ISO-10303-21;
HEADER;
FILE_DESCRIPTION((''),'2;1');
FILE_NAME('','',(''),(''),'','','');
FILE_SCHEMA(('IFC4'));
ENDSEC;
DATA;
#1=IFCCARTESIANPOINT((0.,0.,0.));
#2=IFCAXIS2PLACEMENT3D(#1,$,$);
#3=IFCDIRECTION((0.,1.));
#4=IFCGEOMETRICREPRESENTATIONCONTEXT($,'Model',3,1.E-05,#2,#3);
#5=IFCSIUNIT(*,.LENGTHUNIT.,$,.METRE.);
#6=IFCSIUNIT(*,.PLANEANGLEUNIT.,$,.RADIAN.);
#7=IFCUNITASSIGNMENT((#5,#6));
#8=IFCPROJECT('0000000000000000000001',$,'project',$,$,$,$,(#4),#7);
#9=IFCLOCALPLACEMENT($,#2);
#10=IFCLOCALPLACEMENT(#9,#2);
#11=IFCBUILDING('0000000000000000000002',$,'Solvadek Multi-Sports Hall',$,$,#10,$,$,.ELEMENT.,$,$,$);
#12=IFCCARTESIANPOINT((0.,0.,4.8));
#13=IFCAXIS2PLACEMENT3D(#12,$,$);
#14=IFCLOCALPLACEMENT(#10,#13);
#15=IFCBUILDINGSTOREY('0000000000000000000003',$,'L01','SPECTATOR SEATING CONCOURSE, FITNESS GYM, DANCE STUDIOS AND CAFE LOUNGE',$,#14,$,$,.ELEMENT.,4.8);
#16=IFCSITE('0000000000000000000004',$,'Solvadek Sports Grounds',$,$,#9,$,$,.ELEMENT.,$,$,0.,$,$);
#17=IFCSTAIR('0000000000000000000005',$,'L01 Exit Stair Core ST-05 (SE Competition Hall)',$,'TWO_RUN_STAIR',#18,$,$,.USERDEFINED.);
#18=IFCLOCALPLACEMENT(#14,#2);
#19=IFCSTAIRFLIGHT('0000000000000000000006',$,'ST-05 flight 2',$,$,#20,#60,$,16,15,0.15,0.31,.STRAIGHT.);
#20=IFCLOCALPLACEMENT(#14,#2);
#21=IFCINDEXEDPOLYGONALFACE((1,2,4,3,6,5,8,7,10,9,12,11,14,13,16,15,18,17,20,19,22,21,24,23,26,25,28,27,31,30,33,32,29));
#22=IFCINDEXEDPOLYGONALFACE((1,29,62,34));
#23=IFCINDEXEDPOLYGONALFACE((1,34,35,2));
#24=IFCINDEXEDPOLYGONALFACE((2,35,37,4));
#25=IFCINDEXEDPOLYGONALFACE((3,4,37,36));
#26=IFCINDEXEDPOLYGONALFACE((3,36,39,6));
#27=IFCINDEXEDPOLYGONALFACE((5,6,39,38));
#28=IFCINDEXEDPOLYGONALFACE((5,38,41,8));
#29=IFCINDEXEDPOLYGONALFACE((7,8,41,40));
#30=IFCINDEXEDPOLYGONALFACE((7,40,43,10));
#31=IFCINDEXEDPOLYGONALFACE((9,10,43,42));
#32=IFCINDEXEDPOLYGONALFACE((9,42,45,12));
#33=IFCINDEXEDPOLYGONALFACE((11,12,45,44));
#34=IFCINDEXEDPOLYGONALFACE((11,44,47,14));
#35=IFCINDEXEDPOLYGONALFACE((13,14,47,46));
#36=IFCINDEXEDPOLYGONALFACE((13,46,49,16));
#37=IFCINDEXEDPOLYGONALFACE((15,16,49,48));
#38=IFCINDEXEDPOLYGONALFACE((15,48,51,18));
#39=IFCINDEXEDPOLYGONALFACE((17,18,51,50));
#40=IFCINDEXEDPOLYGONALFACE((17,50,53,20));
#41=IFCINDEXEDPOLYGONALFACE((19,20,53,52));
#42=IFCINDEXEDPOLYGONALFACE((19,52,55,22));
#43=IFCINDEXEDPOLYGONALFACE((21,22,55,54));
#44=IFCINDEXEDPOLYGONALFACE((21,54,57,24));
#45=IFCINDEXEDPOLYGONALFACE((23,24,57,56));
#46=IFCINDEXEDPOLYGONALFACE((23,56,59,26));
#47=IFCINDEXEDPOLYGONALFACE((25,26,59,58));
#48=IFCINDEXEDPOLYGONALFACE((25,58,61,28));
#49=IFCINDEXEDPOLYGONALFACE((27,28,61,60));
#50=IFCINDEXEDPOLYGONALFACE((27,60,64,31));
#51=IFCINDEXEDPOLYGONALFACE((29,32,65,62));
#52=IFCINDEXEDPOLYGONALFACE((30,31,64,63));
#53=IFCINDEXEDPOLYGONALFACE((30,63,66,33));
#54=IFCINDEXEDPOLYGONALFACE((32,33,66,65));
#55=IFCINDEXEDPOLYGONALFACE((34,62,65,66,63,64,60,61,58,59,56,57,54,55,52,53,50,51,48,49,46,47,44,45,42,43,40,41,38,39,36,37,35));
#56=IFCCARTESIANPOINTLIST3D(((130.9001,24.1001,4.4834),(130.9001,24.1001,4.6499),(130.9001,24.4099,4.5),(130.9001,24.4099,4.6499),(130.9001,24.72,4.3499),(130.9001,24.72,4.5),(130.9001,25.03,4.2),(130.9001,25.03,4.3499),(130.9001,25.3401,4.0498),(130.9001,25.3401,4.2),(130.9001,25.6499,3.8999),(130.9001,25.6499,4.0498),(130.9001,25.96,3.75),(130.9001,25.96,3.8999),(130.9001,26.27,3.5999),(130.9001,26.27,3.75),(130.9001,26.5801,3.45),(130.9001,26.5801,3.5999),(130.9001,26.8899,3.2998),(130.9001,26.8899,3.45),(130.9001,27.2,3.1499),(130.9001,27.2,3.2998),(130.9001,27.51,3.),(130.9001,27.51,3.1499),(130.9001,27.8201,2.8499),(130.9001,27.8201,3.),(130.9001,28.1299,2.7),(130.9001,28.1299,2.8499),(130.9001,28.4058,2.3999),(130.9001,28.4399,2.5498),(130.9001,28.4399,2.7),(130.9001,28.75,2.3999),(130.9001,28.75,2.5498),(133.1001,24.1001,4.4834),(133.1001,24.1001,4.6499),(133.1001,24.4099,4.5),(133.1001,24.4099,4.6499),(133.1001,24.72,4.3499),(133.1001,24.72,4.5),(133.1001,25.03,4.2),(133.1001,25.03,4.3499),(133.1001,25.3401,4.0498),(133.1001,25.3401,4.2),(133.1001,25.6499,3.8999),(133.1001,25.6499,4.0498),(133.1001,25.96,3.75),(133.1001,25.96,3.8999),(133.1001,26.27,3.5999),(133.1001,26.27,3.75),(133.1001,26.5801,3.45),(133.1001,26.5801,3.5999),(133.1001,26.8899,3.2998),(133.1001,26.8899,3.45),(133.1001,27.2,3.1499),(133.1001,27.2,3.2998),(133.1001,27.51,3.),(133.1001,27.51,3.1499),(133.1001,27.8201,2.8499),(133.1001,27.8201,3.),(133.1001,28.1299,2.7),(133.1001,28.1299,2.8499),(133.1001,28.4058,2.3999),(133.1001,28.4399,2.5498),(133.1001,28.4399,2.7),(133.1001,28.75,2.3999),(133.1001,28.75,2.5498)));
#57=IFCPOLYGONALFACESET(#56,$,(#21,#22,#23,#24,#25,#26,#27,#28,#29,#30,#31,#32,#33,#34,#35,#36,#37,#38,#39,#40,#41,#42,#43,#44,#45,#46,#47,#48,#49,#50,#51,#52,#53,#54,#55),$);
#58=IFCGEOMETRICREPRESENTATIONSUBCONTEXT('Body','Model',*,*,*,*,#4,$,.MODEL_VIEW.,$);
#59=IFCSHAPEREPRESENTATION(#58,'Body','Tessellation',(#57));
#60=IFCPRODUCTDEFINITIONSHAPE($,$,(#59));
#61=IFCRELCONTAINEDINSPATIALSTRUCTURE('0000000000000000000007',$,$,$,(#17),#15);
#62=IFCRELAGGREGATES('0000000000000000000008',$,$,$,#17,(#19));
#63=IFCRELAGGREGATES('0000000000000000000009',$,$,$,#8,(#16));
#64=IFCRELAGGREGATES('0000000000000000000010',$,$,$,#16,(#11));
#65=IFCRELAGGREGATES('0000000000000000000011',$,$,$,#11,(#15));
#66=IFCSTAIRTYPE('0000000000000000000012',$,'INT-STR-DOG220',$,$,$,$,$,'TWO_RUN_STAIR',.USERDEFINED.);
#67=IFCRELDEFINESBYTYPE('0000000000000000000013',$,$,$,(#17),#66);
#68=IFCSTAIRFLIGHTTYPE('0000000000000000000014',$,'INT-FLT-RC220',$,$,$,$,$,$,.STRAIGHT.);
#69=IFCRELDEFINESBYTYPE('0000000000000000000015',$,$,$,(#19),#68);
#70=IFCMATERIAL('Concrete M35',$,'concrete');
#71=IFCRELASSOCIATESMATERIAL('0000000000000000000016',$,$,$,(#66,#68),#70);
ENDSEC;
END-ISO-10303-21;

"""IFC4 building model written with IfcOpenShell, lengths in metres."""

from ifc_helpers import new_model, si_unit, direction, frame, origin, place, context, subcontext, project, spatial, polyline, outline, extrude, material, type_object, element, aggregate, save


model = new_model("IFC4")

# Units and contexts
model_context = context("Model", 3, precision=1e-05, world=origin(), true_north=direction((0.0, 1.0)))
body_context = subcontext(model_context, "Body", "Model", "MODEL_VIEW")
ifc_project = project(units=[si_unit("LENGTHUNIT", "METRE"), si_unit("PLANEANGLEUNIT", "RADIAN")], contexts=[model_context])

# Site, building, storey
site_placement = place(None, origin())
site = spatial("IfcSite", under=ifc_project, at=site_placement, Name="Solvadek Sports Grounds", CompositionType="ELEMENT", RefElevation=0.0)
building_placement = place(site_placement, origin())
building = spatial("IfcBuilding", under=site, at=building_placement, Name="Solvadek Multi-Sports Hall", CompositionType="ELEMENT")
storey_placement = place(building_placement, frame((0.0, 0.0, 4.8)))
storey = spatial("IfcBuildingStorey", under=building, at=storey_placement, Name="L01", Description="SPECTATOR SEATING CONCOURSE, FITNESS GYM, DANCE STUDIOS AND CAFE LOUNGE", CompositionType="ELEMENT", Elevation=4.8)

# Stair, stair flight
ifc_material_1 = material(Name="Concrete M35", Category="concrete")
stair_type = type_object("IfcStairType", Name="INT-STR-DOG220", ElementType="TWO_RUN_STAIR", PredefinedType="USERDEFINED", material=ifc_material_1)
stair_placement = place(storey_placement, origin())
stair = element("IfcStair", 1, at=stair_placement, inside=storey, type_object=stair_type, Name="L01 Exit Stair Core ST-05 (SE Competition Hall)", ObjectType="TWO_RUN_STAIR", PredefinedType="USERDEFINED")
stair_flight_type = type_object("IfcStairFlightType", Name="INT-FLT-RC220", PredefinedType="STRAIGHT", material=ifc_material_1)
stair_flight_1_placement = place(storey_placement, frame((132.0, 28.75, 2.3999), z_axis=(0.0, 0.0, 1.0), x_axis=(0.0, -1.0, 0.0)))
stair_flight_1 = element("IfcStairFlight", 2, at=stair_flight_1_placement, type_object=stair_flight_type, Name="ST-05 flight 2", NumberOfRisers=16, NumberOfTreads=15, PredefinedType="STRAIGHT", RiserHeight=0.15, TreadLength=0.31, context=body_context, shape_type="SweptSolid", body=[
    extrude(outline(polyline([(0.0, 0.0), (0.0, 0.1499), (0.3101, 0.1499), (0.3101, 0.3), (0.6201, 0.3), (0.6201, 0.45), (0.9299, 0.45), (0.9299, 0.6001), (1.24, 0.6001), (1.24, 0.75), (1.55, 0.75), (1.55, 0.8999), (1.8601, 0.8999), (1.8601, 1.05), (2.1699, 1.05), (2.1699, 1.2), (2.48, 1.2), (2.48, 1.3501), (2.79, 1.3501), (2.79, 1.5), (3.1001, 1.5), (3.1001, 1.6499), (3.4099, 1.6499), (3.4099, 1.8), (3.72, 1.8), (3.72, 1.95), (4.03, 1.95), (4.03, 2.1001), (4.3401, 2.1001), (4.3401, 2.25), (4.6499, 2.25), (4.6499, 2.3999), (4.6499, 2.0835), (0.3442, 0.0), (0.0, 0.0)])), frame((0.0, 1.1001, 0.0), z_axis=(0.0, -1.0, 0.0), x_axis=(1.0, 0.0, 0.0)), (0.0, 0.0, 1.0), 2.2),
])
aggregate(stair, [stair_flight_1])

save(model, "model.ifc")
